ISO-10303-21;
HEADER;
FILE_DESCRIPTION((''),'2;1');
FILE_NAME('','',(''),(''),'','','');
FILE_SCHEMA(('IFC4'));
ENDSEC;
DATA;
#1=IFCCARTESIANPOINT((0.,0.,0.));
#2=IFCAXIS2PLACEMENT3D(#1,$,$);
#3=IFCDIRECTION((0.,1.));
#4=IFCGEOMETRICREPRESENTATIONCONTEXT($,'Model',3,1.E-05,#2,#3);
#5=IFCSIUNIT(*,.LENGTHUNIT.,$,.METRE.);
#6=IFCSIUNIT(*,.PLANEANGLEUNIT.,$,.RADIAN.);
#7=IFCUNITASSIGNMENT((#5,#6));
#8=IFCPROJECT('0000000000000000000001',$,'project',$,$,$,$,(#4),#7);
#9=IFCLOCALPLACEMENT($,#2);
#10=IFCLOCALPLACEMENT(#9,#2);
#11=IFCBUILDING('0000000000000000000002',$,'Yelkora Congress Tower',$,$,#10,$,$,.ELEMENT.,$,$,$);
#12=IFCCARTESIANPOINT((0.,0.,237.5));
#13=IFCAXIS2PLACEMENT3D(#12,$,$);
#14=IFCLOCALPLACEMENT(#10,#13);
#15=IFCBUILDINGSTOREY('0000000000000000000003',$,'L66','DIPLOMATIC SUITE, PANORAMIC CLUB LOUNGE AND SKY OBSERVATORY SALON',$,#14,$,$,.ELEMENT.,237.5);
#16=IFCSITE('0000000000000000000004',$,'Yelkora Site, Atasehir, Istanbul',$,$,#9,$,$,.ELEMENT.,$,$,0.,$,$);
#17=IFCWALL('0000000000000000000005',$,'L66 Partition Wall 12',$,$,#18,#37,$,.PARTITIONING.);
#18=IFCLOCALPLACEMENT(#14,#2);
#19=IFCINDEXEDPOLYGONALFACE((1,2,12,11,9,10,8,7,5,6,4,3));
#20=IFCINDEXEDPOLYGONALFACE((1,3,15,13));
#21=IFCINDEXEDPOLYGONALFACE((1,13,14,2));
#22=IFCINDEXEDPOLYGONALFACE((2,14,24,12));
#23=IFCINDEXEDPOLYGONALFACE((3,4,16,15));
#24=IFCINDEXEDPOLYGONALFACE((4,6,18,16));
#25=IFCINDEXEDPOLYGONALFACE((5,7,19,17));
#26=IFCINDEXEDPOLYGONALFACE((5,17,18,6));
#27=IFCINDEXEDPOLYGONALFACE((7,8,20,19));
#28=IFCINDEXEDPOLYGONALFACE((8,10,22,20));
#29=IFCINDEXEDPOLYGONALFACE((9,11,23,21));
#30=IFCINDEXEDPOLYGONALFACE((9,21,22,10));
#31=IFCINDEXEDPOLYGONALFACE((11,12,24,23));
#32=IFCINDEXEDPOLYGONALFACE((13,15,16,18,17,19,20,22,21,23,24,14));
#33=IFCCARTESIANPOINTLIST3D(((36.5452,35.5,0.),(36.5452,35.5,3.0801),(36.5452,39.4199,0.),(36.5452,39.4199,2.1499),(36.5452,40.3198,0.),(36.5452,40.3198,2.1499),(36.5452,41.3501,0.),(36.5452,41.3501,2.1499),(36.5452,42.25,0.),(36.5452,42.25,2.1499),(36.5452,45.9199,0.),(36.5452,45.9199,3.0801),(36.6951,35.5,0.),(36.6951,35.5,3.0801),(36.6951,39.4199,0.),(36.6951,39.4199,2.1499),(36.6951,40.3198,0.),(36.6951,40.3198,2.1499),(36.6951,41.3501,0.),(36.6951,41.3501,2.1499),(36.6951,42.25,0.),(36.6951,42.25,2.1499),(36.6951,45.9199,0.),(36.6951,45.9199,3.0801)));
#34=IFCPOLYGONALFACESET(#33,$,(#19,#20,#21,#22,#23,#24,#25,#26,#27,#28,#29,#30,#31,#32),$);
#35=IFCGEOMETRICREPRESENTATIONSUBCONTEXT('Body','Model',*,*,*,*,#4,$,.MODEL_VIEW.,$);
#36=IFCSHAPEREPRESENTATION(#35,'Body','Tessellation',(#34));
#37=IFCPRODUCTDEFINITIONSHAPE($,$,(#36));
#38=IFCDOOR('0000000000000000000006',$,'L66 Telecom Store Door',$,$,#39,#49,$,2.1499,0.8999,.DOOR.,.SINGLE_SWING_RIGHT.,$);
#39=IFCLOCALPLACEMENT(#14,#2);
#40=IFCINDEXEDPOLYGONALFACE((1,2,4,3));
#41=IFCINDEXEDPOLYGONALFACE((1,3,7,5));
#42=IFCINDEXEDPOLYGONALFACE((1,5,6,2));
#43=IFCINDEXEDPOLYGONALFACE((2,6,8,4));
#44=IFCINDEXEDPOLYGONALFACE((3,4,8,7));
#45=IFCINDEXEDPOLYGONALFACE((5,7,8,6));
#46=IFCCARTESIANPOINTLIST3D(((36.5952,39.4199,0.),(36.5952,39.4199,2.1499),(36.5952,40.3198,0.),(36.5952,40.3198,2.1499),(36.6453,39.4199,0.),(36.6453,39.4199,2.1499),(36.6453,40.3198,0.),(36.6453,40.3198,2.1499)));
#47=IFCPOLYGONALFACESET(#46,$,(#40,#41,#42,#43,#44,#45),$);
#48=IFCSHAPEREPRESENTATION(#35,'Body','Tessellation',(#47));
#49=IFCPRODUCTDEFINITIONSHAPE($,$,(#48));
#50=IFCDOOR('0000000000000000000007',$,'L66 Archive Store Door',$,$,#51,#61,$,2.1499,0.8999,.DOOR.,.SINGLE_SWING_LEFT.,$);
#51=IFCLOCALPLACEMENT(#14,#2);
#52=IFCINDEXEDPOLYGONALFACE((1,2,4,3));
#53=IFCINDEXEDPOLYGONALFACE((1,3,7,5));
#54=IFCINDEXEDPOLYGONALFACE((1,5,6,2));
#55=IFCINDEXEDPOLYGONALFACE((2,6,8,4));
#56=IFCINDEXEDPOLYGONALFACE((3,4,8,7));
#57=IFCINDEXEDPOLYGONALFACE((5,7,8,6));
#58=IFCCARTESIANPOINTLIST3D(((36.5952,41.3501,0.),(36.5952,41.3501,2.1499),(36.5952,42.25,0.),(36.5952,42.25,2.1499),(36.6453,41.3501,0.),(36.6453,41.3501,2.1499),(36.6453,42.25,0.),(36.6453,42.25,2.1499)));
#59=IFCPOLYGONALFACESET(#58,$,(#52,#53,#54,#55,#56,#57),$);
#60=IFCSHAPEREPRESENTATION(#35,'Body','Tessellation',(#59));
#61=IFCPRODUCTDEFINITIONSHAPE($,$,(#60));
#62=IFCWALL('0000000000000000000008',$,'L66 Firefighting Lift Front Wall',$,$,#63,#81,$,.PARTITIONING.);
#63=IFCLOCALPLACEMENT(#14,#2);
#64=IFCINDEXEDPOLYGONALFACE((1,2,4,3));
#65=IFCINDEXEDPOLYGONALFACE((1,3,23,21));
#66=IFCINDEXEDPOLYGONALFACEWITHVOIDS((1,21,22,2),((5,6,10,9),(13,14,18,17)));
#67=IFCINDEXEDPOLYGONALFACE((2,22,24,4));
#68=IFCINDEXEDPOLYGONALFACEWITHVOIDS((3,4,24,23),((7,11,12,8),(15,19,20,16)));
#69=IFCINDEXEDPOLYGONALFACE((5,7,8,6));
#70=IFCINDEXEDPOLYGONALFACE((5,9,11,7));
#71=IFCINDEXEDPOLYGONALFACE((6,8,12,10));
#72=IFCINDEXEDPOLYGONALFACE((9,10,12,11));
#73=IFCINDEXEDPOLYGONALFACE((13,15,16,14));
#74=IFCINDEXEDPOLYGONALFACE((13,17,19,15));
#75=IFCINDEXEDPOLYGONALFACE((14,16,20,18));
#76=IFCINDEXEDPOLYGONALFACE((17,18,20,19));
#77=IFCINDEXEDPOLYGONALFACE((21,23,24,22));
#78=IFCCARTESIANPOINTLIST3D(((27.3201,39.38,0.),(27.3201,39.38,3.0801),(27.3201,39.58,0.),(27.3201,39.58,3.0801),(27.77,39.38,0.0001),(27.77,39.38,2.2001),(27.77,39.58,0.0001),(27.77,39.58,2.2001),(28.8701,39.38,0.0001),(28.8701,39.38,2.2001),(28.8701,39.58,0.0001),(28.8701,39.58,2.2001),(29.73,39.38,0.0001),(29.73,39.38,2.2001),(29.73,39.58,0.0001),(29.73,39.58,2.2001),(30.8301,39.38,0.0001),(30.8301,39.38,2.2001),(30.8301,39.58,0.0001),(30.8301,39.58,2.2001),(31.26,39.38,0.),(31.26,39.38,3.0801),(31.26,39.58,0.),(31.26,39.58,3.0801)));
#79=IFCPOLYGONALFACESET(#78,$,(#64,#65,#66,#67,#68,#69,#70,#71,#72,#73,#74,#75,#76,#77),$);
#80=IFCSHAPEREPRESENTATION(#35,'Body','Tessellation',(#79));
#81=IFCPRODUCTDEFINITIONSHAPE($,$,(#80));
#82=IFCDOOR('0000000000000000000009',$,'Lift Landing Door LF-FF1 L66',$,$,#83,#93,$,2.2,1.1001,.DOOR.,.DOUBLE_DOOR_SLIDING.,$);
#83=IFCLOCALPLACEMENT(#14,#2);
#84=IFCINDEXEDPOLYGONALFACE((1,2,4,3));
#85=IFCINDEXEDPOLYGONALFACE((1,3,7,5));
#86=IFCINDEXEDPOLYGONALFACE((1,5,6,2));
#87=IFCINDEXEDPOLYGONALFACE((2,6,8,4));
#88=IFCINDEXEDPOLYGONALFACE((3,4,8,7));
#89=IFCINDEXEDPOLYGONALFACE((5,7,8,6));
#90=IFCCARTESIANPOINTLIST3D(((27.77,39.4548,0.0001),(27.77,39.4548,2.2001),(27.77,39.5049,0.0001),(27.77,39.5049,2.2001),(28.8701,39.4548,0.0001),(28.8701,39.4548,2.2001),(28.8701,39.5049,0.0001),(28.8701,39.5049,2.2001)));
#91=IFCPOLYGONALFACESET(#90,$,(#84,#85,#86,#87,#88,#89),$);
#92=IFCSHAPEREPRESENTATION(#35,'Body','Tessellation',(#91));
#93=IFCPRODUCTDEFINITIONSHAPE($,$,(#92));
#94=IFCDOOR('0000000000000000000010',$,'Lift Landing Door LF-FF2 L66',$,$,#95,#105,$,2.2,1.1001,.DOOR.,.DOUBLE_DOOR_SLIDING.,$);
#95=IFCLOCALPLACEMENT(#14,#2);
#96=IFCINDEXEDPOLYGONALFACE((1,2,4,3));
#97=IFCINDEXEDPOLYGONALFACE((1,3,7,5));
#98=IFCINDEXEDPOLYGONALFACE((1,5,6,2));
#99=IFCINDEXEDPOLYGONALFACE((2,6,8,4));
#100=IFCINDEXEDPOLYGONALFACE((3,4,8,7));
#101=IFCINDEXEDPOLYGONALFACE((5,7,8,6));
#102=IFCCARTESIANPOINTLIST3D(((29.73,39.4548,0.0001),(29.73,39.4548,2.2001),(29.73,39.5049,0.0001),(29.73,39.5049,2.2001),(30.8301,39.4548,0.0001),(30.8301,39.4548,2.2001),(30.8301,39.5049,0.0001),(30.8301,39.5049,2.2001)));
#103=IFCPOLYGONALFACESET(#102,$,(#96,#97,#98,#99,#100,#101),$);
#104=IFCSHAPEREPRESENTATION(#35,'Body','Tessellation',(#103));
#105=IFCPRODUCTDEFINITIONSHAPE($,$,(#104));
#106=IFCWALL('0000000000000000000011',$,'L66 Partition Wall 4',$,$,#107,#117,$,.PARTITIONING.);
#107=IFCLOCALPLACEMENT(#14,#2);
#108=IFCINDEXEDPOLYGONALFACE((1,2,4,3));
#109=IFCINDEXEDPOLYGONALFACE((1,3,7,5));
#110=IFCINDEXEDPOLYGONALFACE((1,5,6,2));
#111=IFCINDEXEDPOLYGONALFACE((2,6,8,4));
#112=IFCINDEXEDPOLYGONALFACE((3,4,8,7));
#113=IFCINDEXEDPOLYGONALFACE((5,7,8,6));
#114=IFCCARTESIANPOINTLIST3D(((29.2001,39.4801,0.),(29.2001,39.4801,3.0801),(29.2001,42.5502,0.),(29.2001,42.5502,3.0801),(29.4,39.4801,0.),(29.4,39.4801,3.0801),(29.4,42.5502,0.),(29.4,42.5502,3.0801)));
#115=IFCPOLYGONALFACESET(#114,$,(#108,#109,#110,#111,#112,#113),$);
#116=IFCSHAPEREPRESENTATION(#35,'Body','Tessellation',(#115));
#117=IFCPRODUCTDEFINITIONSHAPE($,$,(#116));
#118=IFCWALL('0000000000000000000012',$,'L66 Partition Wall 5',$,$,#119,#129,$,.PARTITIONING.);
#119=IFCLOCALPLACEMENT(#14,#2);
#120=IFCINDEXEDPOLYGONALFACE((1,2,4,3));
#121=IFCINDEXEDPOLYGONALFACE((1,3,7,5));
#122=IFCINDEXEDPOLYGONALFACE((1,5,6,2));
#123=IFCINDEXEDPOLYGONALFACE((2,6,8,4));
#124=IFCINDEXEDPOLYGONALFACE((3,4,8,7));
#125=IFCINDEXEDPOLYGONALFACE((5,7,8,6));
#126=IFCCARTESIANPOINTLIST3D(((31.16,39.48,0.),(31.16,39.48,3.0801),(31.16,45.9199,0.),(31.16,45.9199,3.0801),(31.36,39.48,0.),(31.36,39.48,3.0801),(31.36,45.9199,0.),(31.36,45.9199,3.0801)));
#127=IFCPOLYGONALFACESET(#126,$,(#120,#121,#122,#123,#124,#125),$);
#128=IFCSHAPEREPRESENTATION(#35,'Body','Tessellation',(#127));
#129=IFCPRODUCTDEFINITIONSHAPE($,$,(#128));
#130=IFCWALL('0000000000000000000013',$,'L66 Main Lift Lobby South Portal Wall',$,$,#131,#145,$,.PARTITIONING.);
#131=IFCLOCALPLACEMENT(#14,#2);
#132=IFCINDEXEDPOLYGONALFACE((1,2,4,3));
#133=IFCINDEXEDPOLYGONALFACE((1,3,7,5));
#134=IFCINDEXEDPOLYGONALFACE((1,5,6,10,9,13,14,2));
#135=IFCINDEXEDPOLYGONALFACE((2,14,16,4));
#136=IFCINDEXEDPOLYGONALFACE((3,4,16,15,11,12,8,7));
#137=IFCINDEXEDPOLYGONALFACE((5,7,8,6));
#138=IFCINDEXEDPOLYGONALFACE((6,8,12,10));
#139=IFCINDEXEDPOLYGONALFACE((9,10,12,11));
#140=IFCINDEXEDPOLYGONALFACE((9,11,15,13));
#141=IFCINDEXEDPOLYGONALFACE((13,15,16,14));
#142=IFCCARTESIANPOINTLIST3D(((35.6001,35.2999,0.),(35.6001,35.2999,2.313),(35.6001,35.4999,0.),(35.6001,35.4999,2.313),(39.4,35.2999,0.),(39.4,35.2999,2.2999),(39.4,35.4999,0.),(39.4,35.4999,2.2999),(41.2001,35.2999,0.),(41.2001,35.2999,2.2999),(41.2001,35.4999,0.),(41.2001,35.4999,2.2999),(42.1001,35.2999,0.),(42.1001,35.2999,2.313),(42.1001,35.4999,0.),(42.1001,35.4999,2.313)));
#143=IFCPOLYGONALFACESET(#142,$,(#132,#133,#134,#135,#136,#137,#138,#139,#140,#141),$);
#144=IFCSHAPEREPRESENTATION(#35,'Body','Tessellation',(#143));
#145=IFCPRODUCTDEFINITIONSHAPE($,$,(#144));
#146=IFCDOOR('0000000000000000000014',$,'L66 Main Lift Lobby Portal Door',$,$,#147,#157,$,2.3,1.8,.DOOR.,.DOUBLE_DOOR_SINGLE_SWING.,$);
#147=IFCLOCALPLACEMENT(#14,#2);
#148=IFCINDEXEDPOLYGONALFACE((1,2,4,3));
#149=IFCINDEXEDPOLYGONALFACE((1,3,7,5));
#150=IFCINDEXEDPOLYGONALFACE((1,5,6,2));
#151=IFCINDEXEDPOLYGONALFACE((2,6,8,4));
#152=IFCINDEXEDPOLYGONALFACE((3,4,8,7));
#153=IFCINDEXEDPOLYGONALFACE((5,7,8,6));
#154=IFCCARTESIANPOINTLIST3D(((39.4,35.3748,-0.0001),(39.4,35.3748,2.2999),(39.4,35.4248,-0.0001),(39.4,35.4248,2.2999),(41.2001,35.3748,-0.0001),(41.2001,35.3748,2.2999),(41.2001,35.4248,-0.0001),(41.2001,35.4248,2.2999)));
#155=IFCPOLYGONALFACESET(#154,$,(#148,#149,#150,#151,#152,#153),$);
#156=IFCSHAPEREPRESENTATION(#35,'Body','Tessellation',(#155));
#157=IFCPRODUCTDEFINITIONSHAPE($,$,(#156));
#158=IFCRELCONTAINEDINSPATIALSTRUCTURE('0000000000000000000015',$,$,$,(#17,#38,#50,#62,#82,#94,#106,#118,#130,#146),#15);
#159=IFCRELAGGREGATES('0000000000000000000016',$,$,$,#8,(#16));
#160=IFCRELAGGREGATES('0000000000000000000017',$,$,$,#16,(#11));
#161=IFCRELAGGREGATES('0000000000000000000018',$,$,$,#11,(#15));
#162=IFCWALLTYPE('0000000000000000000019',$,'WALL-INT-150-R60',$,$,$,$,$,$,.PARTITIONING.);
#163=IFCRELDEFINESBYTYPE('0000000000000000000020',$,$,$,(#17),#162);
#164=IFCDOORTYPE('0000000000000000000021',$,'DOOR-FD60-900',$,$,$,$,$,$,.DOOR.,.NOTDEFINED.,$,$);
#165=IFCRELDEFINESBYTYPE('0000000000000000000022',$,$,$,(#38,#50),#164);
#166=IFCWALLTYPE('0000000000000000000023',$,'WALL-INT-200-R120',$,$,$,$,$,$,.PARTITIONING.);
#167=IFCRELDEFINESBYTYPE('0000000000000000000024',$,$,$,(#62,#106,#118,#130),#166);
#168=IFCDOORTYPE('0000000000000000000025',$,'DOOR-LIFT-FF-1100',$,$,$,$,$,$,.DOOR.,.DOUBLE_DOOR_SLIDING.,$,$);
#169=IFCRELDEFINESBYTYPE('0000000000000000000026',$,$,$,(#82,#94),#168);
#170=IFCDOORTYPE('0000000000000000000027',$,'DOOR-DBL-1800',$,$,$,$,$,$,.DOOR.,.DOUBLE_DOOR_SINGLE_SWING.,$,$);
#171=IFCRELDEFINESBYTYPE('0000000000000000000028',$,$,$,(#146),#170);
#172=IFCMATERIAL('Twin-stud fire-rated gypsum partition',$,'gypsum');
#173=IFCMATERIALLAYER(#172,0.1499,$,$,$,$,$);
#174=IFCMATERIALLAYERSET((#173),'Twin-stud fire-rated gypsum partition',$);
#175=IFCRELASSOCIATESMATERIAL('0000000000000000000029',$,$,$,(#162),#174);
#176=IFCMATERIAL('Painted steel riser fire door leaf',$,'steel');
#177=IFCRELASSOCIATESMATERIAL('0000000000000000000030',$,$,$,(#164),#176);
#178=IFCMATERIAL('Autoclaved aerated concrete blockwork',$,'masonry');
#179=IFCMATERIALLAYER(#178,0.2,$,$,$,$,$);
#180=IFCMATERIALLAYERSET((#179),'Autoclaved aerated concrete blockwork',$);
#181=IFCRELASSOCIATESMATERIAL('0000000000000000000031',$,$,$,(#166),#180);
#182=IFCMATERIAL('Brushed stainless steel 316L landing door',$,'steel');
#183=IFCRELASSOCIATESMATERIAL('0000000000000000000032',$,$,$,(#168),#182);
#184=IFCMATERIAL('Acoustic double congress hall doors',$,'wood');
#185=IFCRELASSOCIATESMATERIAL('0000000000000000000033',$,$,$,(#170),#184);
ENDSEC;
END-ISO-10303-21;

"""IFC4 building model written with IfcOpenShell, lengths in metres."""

from ifc_helpers import new_model, si_unit, direction, frame, frame_2d, origin, place, context, subcontext, project, spatial, rectangle, extrude, material, layer, layer_set, type_object, element, fill, save


model = new_model("IFC4")

# Units and contexts
model_context = context("Model", 3, precision=1e-05, world=origin(), true_north=direction((0.0, 1.0)))
body_context = subcontext(model_context, "Body", "Model", "MODEL_VIEW")
ifc_project = project(units=[si_unit("LENGTHUNIT", "METRE"), si_unit("PLANEANGLEUNIT", "RADIAN")], contexts=[model_context])

# Site, building, storey
site_placement = place(None, origin())
site = spatial("IfcSite", under=ifc_project, at=site_placement, Name="Yelkora Site, Atasehir, Istanbul", CompositionType="ELEMENT", RefElevation=0.0)
building_placement = place(site_placement, origin())
building = spatial("IfcBuilding", under=site, at=building_placement, Name="Yelkora Congress Tower", CompositionType="ELEMENT")
storey_placement = place(building_placement, frame((0.0, 0.0, 237.5)))
storey = spatial("IfcBuildingStorey", under=building, at=storey_placement, Name="L66", Description="DIPLOMATIC SUITE, PANORAMIC CLUB LOUNGE AND SKY OBSERVATORY SALON", CompositionType="ELEMENT", Elevation=237.5)

# Wall, openings, doors
ifc_material_1 = material(Name="Twin-stud fire-rated gypsum partition", Category="gypsum")
ifc_layer_1 = layer(ifc_material_1, 0.1499)
ifc_layer_set_1 = layer_set([ifc_layer_1], Name="Twin-stud fire-rated gypsum partition")
wall_type_1 = type_object("IfcWallType", Name="WALL-INT-150-R60", PredefinedType="PARTITIONING", material=ifc_layer_set_1)
wall_1_placement = place(storey_placement, frame((36.6201, 35.5, 0.0), z_axis=(0.0, 0.0, 1.0), x_axis=(0.0, 1.0, 0.0)))
wall_1 = element("IfcWall", 1, at=wall_1_placement, inside=storey, type_object=wall_type_1, Name="L66 Partition Wall 12", PredefinedType="PARTITIONING", context=body_context, shape_type="SweptSolid", body=[
    extrude(rectangle(XDim=10.4199, YDim=0.1499, at=frame_2d((5.21, 0.0))), origin(), (0.0, 0.0, 1.0), 3.0801),
])
opening_1_placement = place(wall_1_placement, frame((3.9199, 0.0, 0.0)))
opening_1 = element("IfcOpeningElement", 2, at=opening_1_placement, cuts=wall_1, PredefinedType="OPENING", context=body_context, shape_type="SweptSolid", body=[
    extrude(rectangle(XDim=0.8999, YDim=2.1499, at=frame_2d((0.45, 1.075))), frame((0.0, 0.085, 0.0), z_axis=(0.0, -1.0, 0.0), x_axis=(1.0, 0.0, 0.0)), (0.0, 0.0, 1.0), 0.1699),
])
opening_2_placement = place(wall_1_placement, frame((5.8501, 0.0, 0.0)))
opening_2 = element("IfcOpeningElement", 3, at=opening_2_placement, cuts=wall_1, PredefinedType="OPENING", context=body_context, shape_type="SweptSolid", body=[
    extrude(rectangle(XDim=0.8999, YDim=2.1499, at=frame_2d((0.45, 1.075))), frame((0.0, 0.085, 0.0), z_axis=(0.0, -1.0, 0.0), x_axis=(1.0, 0.0, 0.0)), (0.0, 0.0, 1.0), 0.1699),
])
ifc_material_2 = material(Name="Painted steel riser fire door leaf", Category="steel")
door_type_1 = type_object("IfcDoorType", Name="DOOR-FD60-900", OperationType="NOTDEFINED", PredefinedType="DOOR", material=ifc_material_2)
door_1_placement = place(opening_1_placement, origin())
door_1 = element("IfcDoor", 4, at=door_1_placement, inside=storey, type_object=door_type_1, Name="L66 Telecom Store Door", OperationType="SINGLE_SWING_RIGHT", OverallHeight=2.1499, OverallWidth=0.8999, PredefinedType="DOOR", context=body_context, shape_type="SweptSolid", body=[
    extrude(rectangle(XDim=0.8999, YDim=2.1499, at=frame_2d((0.45, 1.075))), frame((0.0, 0.0249, 0.0), z_axis=(0.0, -1.0, 0.0), x_axis=(1.0, 0.0, 0.0)), (0.0, 0.0, 1.0), 0.05),
])
fill(opening_1, door_1)
door_2_placement = place(opening_2_placement, origin())
door_2 = element("IfcDoor", 5, at=door_2_placement, inside=storey, type_object=door_type_1, Name="L66 Archive Store Door", OperationType="SINGLE_SWING_LEFT", OverallHeight=2.1499, OverallWidth=0.8999, PredefinedType="DOOR", context=body_context, shape_type="SweptSolid", body=[
    extrude(rectangle(XDim=0.8999, YDim=2.1499, at=frame_2d((0.45, 1.075))), frame((0.0, 0.0249, 0.0), z_axis=(0.0, -1.0, 0.0), x_axis=(1.0, 0.0, 0.0)), (0.0, 0.0, 1.0), 0.05),
])
fill(opening_2, door_2)

# Shared definitions
ifc_material_3 = material(Name="Autoclaved aerated concrete blockwork", Category="masonry")
ifc_layer_2 = layer(ifc_material_3, 0.2)
ifc_layer_set_2 = layer_set([ifc_layer_2], Name="Autoclaved aerated concrete blockwork")
wall_type_2 = type_object("IfcWallType", Name="WALL-INT-200-R120", PredefinedType="PARTITIONING", material=ifc_layer_set_2)

# Wall, openings, doors
wall_2_placement = place(storey_placement, frame((27.3201, 39.48, 0.0), z_axis=(0.0, 0.0, 1.0), x_axis=(1.0, 0.0, 0.0)))
wall_2 = element("IfcWall", 6, at=wall_2_placement, inside=storey, type_object=wall_type_2, Name="L66 Firefighting Lift Front Wall", PredefinedType="PARTITIONING", context=body_context, shape_type="SweptSolid", body=[
    extrude(rectangle(XDim=3.9399, YDim=0.2, at=frame_2d((1.97, 0.0))), origin(), (0.0, 0.0, 1.0), 3.0801),
])
opening_3_placement = place(wall_2_placement, frame((0.45, 0.0, 0.0)))
opening_3 = element("IfcOpeningElement", 7, at=opening_3_placement, cuts=wall_2, PredefinedType="OPENING", context=body_context, shape_type="SweptSolid", body=[
    extrude(rectangle(XDim=1.1001, YDim=2.2, at=frame_2d((0.55, 1.1001))), frame((0.0, 0.1099, 0.0), z_axis=(0.0, -1.0, 0.0), x_axis=(1.0, 0.0, 0.0)), (0.0, 0.0, 1.0), 0.22),
])
opening_4_placement = place(wall_2_placement, frame((2.4099, 0.0, 0.0)))
opening_4 = element("IfcOpeningElement", 8, at=opening_4_placement, cuts=wall_2, PredefinedType="OPENING", context=body_context, shape_type="SweptSolid", body=[
    extrude(rectangle(XDim=1.1001, YDim=2.2, at=frame_2d((0.55, 1.1001))), frame((0.0, 0.1099, 0.0), z_axis=(0.0, -1.0, 0.0), x_axis=(1.0, 0.0, 0.0)), (0.0, 0.0, 1.0), 0.22),
])
ifc_material_4 = material(Name="Brushed stainless steel 316L landing door", Category="steel")
door_type_2 = type_object("IfcDoorType", Name="DOOR-LIFT-FF-1100", OperationType="DOUBLE_DOOR_SLIDING", PredefinedType="DOOR", material=ifc_material_4)
door_3_placement = place(opening_3_placement, origin())
door_3 = element("IfcDoor", 9, at=door_3_placement, inside=storey, type_object=door_type_2, Name="Lift Landing Door LF-FF1 L66", OperationType="DOUBLE_DOOR_SLIDING", OverallHeight=2.2, OverallWidth=1.1001, PredefinedType="DOOR", context=body_context, shape_type="SweptSolid", body=[
    extrude(rectangle(XDim=1.1001, YDim=2.2, at=frame_2d((0.55, 1.1001))), frame((0.0, 0.0249, 0.0), z_axis=(0.0, -1.0, 0.0), x_axis=(1.0, 0.0, 0.0)), (0.0, 0.0, 1.0), 0.05),
])
fill(opening_3, door_3)
door_4_placement = place(opening_4_placement, origin())
door_4 = element("IfcDoor", 10, at=door_4_placement, inside=storey, type_object=door_type_2, Name="Lift Landing Door LF-FF2 L66", OperationType="DOUBLE_DOOR_SLIDING", OverallHeight=2.2, OverallWidth=1.1001, PredefinedType="DOOR", context=body_context, shape_type="SweptSolid", body=[
    extrude(rectangle(XDim=1.1001, YDim=2.2, at=frame_2d((0.55, 1.1001))), frame((0.0, 0.0249, 0.0), z_axis=(0.0, -1.0, 0.0), x_axis=(1.0, 0.0, 0.0)), (0.0, 0.0, 1.0), 0.05),
])
fill(opening_4, door_4)

# Walls
wall_3_placement = place(storey_placement, frame((29.3, 39.48, 0.0), z_axis=(0.0, 0.0, 1.0), x_axis=(0.0, 1.0, 0.0)))
element("IfcWall", 11, at=wall_3_placement, inside=storey, type_object=wall_type_2, Name="L66 Partition Wall 4", PredefinedType="PARTITIONING", context=body_context, shape_type="SweptSolid", body=[
    extrude(rectangle(XDim=3.0701, YDim=0.2, at=frame_2d((1.5352, 0.0))), origin(), (0.0, 0.0, 1.0), 3.0801),
])
wall_4_placement = place(storey_placement, frame((31.26, 39.48, 0.0), z_axis=(0.0, 0.0, 1.0), x_axis=(0.0, 1.0, 0.0)))
element("IfcWall", 12, at=wall_4_placement, inside=storey, type_object=wall_type_2, Name="L66 Partition Wall 5", PredefinedType="PARTITIONING", context=body_context, shape_type="SweptSolid", body=[
    extrude(rectangle(XDim=6.4399, YDim=0.2, at=frame_2d((3.22, 0.0))), origin(), (0.0, 0.0, 1.0), 3.0801),
])

# Wall, opening, door
wall_5_placement = place(storey_placement, frame((35.6001, 35.3999, 0.0), z_axis=(0.0, 0.0, 1.0), x_axis=(1.0, 0.0, 0.0)))
wall_5 = element("IfcWall", 13, at=wall_5_placement, inside=storey, type_object=wall_type_2, Name="L66 Main Lift Lobby South Portal Wall", PredefinedType="PARTITIONING", context=body_context, shape_type="SweptSolid", body=[
    extrude(rectangle(XDim=6.5, YDim=0.2, at=frame_2d((3.25, 0.0))), origin(), (0.0, 0.0, 1.0), 2.313),
])
opening_5_placement = place(wall_5_placement, frame((3.8, 0.0, 0.0)))
opening_5 = element("IfcOpeningElement", 14, at=opening_5_placement, cuts=wall_5, PredefinedType="OPENING", context=body_context, shape_type="SweptSolid", body=[
    extrude(rectangle(XDim=1.8, YDim=2.3, at=frame_2d((0.8999, 1.1499))), frame((0.0, 0.1099, 0.0), z_axis=(0.0, -1.0, 0.0), x_axis=(1.0, 0.0, 0.0)), (0.0, 0.0, 1.0), 0.22),
])
ifc_material_5 = material(Name="Acoustic double congress hall doors", Category="wood")
door_type_3 = type_object("IfcDoorType", Name="DOOR-DBL-1800", OperationType="DOUBLE_DOOR_SINGLE_SWING", PredefinedType="DOOR", material=ifc_material_5)
door_5_placement = place(opening_5_placement, origin())
door_5 = element("IfcDoor", 15, at=door_5_placement, inside=storey, type_object=door_type_3, Name="L66 Main Lift Lobby Portal Door", OperationType="DOUBLE_DOOR_SINGLE_SWING", OverallHeight=2.3, OverallWidth=1.8, PredefinedType="DOOR", context=body_context, shape_type="SweptSolid", body=[
    extrude(rectangle(XDim=1.8, YDim=2.3, at=frame_2d((0.8999, 1.1499))), frame((0.0, 0.0249, 0.0), z_axis=(0.0, -1.0, 0.0), x_axis=(1.0, 0.0, 0.0)), (0.0, 0.0, 1.0), 0.05),
])
fill(opening_5, door_5)

save(model, "model.ifc")
